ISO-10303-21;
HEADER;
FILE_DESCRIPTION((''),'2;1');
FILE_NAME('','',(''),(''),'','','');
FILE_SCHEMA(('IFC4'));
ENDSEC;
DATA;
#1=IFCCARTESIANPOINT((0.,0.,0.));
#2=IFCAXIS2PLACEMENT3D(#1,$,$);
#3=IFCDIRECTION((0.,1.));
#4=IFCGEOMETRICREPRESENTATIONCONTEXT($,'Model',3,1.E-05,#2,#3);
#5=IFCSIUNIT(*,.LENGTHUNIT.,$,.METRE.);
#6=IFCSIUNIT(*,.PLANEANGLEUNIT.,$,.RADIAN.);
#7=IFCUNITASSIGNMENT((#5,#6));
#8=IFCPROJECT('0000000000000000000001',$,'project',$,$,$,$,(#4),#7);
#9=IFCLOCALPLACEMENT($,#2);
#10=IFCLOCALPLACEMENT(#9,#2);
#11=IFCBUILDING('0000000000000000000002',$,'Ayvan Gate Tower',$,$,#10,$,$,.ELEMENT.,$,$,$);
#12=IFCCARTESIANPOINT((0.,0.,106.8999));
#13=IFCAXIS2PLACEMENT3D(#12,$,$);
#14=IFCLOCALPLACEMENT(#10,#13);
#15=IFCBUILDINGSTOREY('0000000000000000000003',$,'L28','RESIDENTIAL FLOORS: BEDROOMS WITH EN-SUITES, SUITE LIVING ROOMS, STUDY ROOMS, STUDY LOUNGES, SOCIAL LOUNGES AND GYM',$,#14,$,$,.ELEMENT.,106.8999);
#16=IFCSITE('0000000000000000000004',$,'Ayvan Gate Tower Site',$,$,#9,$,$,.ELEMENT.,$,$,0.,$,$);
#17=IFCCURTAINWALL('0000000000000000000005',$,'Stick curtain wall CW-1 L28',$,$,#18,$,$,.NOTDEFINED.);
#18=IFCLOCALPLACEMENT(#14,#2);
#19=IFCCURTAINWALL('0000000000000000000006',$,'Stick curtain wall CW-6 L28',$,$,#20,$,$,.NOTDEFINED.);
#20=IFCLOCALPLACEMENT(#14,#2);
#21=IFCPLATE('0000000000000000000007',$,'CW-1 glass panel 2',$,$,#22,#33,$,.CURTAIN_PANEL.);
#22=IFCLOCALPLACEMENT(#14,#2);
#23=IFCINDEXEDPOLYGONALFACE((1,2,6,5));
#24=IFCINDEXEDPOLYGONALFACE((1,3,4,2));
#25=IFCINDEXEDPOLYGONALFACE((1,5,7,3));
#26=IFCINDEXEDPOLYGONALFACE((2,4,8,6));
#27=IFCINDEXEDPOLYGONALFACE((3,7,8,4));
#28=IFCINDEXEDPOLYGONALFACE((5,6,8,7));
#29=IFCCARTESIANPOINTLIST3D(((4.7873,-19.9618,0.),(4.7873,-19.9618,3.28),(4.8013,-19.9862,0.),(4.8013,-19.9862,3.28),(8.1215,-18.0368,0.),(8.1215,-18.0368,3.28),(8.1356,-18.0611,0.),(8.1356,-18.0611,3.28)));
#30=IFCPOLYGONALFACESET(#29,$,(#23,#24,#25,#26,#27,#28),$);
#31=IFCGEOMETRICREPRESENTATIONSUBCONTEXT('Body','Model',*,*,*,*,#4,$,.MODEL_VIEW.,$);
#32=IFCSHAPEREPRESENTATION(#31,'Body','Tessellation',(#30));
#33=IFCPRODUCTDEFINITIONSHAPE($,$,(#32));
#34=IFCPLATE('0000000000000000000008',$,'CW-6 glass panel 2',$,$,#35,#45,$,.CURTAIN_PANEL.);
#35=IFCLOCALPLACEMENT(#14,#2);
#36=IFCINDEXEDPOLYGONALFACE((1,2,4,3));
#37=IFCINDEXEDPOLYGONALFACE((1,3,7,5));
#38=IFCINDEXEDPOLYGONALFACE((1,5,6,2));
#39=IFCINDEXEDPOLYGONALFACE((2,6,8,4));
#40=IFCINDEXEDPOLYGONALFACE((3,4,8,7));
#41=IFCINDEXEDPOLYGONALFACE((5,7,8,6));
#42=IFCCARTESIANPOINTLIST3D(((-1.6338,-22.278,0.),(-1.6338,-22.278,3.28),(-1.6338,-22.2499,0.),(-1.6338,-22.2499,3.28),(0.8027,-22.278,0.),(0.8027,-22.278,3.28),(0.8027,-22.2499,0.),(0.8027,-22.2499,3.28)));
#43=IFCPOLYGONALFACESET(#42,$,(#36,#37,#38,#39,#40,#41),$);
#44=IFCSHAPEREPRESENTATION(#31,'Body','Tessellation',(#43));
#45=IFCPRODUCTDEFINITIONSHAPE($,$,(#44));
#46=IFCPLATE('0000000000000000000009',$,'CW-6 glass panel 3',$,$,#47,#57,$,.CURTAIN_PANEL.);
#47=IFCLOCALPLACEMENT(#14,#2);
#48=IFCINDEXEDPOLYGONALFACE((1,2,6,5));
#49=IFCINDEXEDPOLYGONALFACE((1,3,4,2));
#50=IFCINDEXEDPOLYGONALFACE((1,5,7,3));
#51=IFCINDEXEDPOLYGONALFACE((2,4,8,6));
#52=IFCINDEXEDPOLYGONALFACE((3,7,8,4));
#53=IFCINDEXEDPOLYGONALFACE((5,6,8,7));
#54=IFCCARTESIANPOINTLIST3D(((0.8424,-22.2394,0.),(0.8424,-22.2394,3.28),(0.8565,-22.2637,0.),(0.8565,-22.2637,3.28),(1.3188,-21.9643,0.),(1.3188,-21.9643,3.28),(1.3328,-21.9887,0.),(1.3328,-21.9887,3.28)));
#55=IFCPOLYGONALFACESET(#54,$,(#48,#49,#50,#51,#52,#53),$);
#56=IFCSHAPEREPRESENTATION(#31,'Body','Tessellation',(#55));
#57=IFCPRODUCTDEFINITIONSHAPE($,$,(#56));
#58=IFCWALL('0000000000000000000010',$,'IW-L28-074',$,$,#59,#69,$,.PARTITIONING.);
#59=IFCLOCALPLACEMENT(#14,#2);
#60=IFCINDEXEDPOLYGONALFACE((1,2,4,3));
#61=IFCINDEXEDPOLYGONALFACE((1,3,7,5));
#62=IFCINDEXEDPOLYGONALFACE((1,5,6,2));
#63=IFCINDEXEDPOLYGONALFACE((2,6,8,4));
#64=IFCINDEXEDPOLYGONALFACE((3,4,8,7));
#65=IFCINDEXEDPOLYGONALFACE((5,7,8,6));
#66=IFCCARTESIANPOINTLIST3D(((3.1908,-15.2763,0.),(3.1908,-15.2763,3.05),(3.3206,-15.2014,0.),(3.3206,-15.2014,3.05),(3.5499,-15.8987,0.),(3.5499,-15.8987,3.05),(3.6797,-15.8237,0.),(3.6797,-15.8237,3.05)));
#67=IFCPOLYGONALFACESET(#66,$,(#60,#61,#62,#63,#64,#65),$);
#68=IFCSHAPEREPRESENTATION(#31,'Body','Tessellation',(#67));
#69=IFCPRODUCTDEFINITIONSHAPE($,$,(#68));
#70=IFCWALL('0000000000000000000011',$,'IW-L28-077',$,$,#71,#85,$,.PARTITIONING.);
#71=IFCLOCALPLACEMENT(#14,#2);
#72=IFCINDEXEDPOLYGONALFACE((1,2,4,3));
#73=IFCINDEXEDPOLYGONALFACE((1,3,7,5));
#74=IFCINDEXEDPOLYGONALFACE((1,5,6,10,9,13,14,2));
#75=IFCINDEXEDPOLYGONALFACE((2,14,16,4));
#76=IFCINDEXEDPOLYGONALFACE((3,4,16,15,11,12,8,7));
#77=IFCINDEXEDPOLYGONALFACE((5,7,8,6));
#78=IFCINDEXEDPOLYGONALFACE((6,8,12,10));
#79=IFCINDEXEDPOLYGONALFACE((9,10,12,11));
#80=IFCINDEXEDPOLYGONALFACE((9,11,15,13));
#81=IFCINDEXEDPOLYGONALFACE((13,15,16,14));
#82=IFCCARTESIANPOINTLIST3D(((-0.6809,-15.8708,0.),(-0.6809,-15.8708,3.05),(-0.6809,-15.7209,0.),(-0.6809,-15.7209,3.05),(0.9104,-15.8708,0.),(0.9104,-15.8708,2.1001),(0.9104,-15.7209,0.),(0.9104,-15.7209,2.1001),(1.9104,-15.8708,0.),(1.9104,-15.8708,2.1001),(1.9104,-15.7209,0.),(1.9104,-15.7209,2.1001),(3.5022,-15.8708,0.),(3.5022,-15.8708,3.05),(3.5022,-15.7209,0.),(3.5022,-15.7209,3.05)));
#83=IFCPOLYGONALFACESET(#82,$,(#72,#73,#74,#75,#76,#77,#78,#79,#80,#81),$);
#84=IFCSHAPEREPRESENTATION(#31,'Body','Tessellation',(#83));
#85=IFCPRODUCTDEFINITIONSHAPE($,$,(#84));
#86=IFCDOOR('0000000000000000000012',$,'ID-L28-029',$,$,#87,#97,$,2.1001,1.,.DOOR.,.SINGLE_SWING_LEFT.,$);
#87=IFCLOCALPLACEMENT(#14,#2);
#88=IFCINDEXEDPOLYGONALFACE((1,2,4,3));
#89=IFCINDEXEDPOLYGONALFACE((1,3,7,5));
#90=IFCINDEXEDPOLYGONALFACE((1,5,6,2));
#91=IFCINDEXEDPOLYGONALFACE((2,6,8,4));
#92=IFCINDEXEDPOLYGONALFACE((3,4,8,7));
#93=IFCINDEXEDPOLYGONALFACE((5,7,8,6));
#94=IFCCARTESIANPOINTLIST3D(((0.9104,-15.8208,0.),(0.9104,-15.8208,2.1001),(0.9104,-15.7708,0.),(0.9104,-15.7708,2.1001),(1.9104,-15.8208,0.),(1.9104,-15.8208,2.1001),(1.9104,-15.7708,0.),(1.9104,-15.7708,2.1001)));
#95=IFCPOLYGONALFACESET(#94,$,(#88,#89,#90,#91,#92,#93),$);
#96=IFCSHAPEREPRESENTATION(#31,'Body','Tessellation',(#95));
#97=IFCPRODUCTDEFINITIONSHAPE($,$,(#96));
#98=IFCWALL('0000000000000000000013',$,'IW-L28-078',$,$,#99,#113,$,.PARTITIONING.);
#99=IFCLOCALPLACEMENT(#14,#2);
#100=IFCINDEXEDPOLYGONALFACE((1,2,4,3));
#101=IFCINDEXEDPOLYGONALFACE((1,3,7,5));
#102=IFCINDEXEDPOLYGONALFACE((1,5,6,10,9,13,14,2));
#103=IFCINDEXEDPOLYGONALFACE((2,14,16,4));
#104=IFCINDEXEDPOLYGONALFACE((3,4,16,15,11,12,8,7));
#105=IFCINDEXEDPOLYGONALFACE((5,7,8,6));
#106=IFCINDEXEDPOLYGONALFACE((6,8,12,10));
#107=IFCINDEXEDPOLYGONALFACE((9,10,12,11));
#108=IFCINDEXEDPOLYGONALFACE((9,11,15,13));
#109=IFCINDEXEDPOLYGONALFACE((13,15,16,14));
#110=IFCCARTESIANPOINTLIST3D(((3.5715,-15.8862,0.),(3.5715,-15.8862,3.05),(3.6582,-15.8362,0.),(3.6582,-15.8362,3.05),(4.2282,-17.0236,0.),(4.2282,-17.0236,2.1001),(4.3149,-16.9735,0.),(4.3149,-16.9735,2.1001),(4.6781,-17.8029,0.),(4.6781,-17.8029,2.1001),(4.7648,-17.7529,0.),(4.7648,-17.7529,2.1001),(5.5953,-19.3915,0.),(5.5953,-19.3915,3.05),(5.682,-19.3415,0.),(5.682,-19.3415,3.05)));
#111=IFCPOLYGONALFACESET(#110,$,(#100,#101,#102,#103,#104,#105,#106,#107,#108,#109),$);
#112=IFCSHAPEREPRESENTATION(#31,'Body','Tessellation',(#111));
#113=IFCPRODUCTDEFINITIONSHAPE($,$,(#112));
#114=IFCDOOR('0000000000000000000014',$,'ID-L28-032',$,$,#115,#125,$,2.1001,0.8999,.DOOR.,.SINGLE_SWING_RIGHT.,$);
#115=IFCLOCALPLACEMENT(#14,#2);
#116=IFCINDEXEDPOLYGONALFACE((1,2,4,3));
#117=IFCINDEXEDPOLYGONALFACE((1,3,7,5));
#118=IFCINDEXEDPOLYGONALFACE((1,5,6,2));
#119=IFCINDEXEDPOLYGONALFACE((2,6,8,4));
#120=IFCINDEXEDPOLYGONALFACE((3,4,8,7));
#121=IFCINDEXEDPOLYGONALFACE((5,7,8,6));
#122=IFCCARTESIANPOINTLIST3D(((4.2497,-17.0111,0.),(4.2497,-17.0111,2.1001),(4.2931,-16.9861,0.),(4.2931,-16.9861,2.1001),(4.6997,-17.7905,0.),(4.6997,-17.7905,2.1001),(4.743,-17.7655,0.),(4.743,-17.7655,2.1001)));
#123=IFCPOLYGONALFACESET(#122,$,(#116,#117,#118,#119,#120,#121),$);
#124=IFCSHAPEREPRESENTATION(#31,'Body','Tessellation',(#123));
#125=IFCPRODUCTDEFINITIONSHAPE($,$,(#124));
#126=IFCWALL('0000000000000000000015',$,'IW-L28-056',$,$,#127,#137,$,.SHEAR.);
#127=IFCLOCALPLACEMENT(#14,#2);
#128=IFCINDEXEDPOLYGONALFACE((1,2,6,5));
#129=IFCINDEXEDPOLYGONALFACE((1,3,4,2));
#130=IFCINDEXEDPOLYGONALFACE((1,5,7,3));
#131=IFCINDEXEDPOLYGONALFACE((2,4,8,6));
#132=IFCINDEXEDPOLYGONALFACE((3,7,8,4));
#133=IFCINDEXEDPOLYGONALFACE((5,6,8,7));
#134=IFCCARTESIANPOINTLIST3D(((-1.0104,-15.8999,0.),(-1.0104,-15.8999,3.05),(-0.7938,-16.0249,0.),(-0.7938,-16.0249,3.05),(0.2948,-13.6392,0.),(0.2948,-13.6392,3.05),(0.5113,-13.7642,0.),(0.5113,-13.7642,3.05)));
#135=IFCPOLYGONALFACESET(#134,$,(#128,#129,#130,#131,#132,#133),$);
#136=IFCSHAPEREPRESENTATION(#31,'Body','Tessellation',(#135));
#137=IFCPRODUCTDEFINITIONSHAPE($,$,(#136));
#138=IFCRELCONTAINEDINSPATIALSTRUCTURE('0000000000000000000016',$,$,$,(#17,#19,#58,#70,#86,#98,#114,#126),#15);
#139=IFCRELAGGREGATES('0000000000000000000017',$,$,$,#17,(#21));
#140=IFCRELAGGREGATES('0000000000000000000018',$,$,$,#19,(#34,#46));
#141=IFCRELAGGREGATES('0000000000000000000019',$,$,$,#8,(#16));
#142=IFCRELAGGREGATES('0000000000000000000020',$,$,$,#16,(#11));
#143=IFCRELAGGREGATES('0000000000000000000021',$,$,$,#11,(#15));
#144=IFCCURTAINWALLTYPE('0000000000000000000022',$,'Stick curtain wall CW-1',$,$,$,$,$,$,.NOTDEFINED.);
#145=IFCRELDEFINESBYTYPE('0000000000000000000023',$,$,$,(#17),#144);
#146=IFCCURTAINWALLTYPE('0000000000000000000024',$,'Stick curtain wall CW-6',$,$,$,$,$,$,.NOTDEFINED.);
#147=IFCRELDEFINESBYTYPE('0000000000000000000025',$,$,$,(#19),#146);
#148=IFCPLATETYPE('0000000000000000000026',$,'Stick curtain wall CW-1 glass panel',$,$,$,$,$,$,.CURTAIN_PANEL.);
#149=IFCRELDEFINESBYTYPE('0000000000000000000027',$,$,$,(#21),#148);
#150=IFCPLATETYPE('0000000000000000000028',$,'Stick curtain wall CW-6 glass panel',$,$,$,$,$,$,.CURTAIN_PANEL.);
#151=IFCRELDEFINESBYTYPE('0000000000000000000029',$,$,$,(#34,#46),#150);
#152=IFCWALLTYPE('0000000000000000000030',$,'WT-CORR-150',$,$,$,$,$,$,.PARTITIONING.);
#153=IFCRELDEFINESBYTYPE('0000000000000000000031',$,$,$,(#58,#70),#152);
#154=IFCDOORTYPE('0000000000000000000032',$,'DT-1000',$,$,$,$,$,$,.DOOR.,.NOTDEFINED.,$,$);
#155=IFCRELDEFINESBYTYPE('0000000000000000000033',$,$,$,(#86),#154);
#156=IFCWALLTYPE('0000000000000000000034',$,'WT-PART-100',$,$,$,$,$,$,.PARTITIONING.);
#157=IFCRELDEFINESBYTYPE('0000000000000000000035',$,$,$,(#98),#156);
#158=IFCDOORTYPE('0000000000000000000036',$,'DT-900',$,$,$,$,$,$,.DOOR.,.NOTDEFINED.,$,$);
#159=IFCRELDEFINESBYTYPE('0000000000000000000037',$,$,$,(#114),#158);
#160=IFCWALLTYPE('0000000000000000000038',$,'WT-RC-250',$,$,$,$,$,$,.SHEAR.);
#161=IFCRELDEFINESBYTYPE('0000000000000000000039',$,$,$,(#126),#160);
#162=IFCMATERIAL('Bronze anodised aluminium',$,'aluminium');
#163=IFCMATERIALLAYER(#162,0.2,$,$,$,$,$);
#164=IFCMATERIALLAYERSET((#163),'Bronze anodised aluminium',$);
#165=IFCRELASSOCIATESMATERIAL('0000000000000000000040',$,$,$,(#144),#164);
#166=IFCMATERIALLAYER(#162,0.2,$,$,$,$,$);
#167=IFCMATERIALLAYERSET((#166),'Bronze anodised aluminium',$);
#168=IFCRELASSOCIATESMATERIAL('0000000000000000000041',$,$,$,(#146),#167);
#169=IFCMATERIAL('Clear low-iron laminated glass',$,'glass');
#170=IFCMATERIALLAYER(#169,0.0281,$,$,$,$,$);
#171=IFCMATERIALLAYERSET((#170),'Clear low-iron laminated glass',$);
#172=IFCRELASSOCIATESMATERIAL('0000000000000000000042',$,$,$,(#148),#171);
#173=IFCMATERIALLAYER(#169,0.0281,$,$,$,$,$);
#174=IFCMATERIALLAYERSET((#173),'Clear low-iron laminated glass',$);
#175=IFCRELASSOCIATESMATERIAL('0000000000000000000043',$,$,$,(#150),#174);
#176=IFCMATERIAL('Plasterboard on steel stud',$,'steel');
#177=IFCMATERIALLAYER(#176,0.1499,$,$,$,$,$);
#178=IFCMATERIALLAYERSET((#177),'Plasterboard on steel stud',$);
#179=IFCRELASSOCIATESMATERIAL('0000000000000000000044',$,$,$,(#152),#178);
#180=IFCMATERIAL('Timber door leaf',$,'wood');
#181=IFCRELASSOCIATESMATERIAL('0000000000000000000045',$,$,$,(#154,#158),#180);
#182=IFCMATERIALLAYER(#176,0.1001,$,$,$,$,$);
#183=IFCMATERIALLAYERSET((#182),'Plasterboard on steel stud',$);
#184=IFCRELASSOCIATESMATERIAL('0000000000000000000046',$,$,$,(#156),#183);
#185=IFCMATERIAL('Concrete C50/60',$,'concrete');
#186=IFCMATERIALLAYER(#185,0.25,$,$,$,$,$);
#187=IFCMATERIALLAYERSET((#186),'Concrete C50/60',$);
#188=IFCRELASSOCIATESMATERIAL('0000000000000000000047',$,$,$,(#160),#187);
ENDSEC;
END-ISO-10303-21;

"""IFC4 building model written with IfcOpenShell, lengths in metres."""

from ifc_helpers import new_model, si_unit, direction, frame, frame_2d, origin, origin_2d, place, context, subcontext, project, spatial, rectangle, extrude, material, layer, layer_set, type_object, element, fill, aggregate, save


model = new_model("IFC4")

# Units and contexts
model_context = context("Model", 3, precision=1e-05, world=origin(), true_north=direction((0.0, 1.0)))
body_context = subcontext(model_context, "Body", "Model", "MODEL_VIEW")
ifc_project = project(units=[si_unit("LENGTHUNIT", "METRE"), si_unit("PLANEANGLEUNIT", "RADIAN")], contexts=[model_context])

# Site, building, storey
site_placement = place(None, origin())
site = spatial("IfcSite", under=ifc_project, at=site_placement, Name="Ayvan Gate Tower Site", CompositionType="ELEMENT", RefElevation=0.0)
building_placement = place(site_placement, origin())
building = spatial("IfcBuilding", under=site, at=building_placement, Name="Ayvan Gate Tower", CompositionType="ELEMENT")
storey_placement = place(building_placement, frame((0.0, 0.0, 106.8999)))
storey = spatial("IfcBuildingStorey", under=building, at=storey_placement, Name="L28", Description="RESIDENTIAL FLOORS: BEDROOMS WITH EN-SUITES, SUITE LIVING ROOMS, STUDY ROOMS, STUDY LOUNGES, SOCIAL LOUNGES AND GYM", CompositionType="ELEMENT", Elevation=106.8999)

# Curtain walls
ifc_material_1 = material(Name="Bronze anodised aluminium", Category="aluminium")
ifc_layer_1 = layer(ifc_material_1, 0.2)
ifc_layer_set_1 = layer_set([ifc_layer_1], Name="Bronze anodised aluminium")
curtain_wall_type_1 = type_object("IfcCurtainWallType", Name="Stick curtain wall CW-1", PredefinedType="NOTDEFINED", material=ifc_layer_set_1)
curtain_wall_1_placement = place(storey_placement, origin())
curtain_wall_1 = element("IfcCurtainWall", 1, at=curtain_wall_1_placement, inside=storey, type_object=curtain_wall_type_1, Name="Stick curtain wall CW-1 L28", PredefinedType="NOTDEFINED")
ifc_layer_2 = layer(ifc_material_1, 0.2)
ifc_layer_set_2 = layer_set([ifc_layer_2], Name="Bronze anodised aluminium")
curtain_wall_type_2 = type_object("IfcCurtainWallType", Name="Stick curtain wall CW-6", PredefinedType="NOTDEFINED", material=ifc_layer_set_2)
curtain_wall_2_placement = place(storey_placement, origin())
curtain_wall_2 = element("IfcCurtainWall", 2, at=curtain_wall_2_placement, inside=storey, type_object=curtain_wall_type_2, Name="Stick curtain wall CW-6 L28", PredefinedType="NOTDEFINED")

# Plates
ifc_material_2 = material(Name="Clear low-iron laminated glass", Category="glass")
ifc_layer_3 = layer(ifc_material_2, 0.0281)
ifc_layer_set_3 = layer_set([ifc_layer_3], Name="Clear low-iron laminated glass")
plate_type_1 = type_object("IfcPlateType", Name="Stick curtain wall CW-1 glass panel", PredefinedType="CURTAIN_PANEL", material=ifc_layer_set_3)
plate_1_placement = place(storey_placement, frame((6.4614, -19.0115, 0.0), z_axis=(0.0, 0.0, 1.0), x_axis=(0.866025, 0.5, 0.0)))
plate_1 = element("IfcPlate", 3, at=plate_1_placement, type_object=plate_type_1, Name="CW-1 glass panel 2", PredefinedType="CURTAIN_PANEL", context=body_context, shape_type="SweptSolid", body=[
    extrude(rectangle(XDim=3.8501, YDim=0.0281, at=origin_2d()), origin(), (0.0, 0.0, 1.0), 3.28),
])
aggregate(curtain_wall_1, [plate_1])
ifc_layer_4 = layer(ifc_material_2, 0.0281)
ifc_layer_set_4 = layer_set([ifc_layer_4], Name="Clear low-iron laminated glass")
plate_type_2 = type_object("IfcPlateType", Name="Stick curtain wall CW-6 glass panel", PredefinedType="CURTAIN_PANEL", material=ifc_layer_set_4)
plate_2_placement = place(storey_placement, frame((-0.4155, -22.2639, 0.0), z_axis=(0.0, 0.0, 1.0), x_axis=(1.0, 0.0, 0.0)))
plate_2 = element("IfcPlate", 4, at=plate_2_placement, type_object=plate_type_2, Name="CW-6 glass panel 2", PredefinedType="CURTAIN_PANEL", context=body_context, shape_type="SweptSolid", body=[
    extrude(rectangle(XDim=2.4365, YDim=0.0281, at=origin_2d()), origin(), (0.0, 0.0, 1.0), 3.28),
])
plate_3_placement = place(storey_placement, frame((1.0876, -22.114, 0.0), z_axis=(0.0, 0.0, 1.0), x_axis=(0.866025, 0.5, 0.0)))
plate_3 = element("IfcPlate", 5, at=plate_3_placement, type_object=plate_type_2, Name="CW-6 glass panel 3", PredefinedType="CURTAIN_PANEL", context=body_context, shape_type="SweptSolid", body=[
    extrude(rectangle(XDim=0.55, YDim=0.0281, at=origin_2d()), origin(), (0.0, 0.0, 1.0), 3.28),
])
aggregate(curtain_wall_2, [plate_2, plate_3])

# Wall
ifc_material_3 = material(Name="Plasterboard on steel stud", Category="steel")
ifc_layer_5 = layer(ifc_material_3, 0.1499)
ifc_layer_set_5 = layer_set([ifc_layer_5], Name="Plasterboard on steel stud")
wall_type_1 = type_object("IfcWallType", Name="WT-CORR-150", PredefinedType="PARTITIONING", material=ifc_layer_set_5)
wall_1_placement = place(storey_placement, frame((3.2556, -15.2388, 0.0), z_axis=(0.0, 0.0, 1.0), x_axis=(0.49983, -0.866123, 0.0)))
element("IfcWall", 6, at=wall_1_placement, inside=storey, type_object=wall_type_1, Name="IW-L28-074", PredefinedType="PARTITIONING", context=body_context, shape_type="SweptSolid", body=[
    extrude(rectangle(XDim=0.7185, YDim=0.1499, at=frame_2d((0.3594, 0.0))), origin(), (0.0, 0.0, 1.0), 3.05),
])

# Walls, openings, doors
wall_2_placement = place(storey_placement, frame((3.5022, -15.7959, 0.0), z_axis=(0.0, 0.0, 1.0), x_axis=(-1.0, 0.0, 0.0)))
wall_2 = element("IfcWall", 7, at=wall_2_placement, inside=storey, type_object=wall_type_1, Name="IW-L28-077", PredefinedType="PARTITIONING", context=body_context, shape_type="SweptSolid", body=[
    extrude(rectangle(XDim=4.1831, YDim=0.1499, at=frame_2d((2.0916, 0.0))), origin(), (0.0, 0.0, 1.0), 3.05),
])
opening_1_placement = place(wall_2_placement, frame((1.5918, 0.0, 0.0)))
opening_1 = element("IfcOpeningElement", 8, at=opening_1_placement, cuts=wall_2, PredefinedType="OPENING", context=body_context, shape_type="SweptSolid", body=[
    extrude(rectangle(XDim=1.0, YDim=2.1001, at=frame_2d((0.5, 1.05))), frame((0.0, 0.085, 0.0), z_axis=(0.0, -1.0, 0.0), x_axis=(1.0, 0.0, 0.0)), (0.0, 0.0, 1.0), 0.1699),
])
ifc_material_4 = material(Name="Timber door leaf", Category="wood")
door_type_1 = type_object("IfcDoorType", Name="DT-1000", OperationType="NOTDEFINED", PredefinedType="DOOR", material=ifc_material_4)
door_1_placement = place(opening_1_placement, origin())
door_1 = element("IfcDoor", 9, at=door_1_placement, inside=storey, type_object=door_type_1, Name="ID-L28-029", OperationType="SINGLE_SWING_LEFT", OverallHeight=2.1001, OverallWidth=1.0, PredefinedType="DOOR", context=body_context, shape_type="SweptSolid", body=[
    extrude(rectangle(XDim=1.0, YDim=2.1001, at=frame_2d((0.5, 1.05))), frame((0.0, 0.0249, 0.0), z_axis=(0.0, -1.0, 0.0), x_axis=(1.0, 0.0, 0.0)), (0.0, 0.0, 1.0), 0.05),
])
fill(opening_1, door_1)
ifc_layer_6 = layer(ifc_material_3, 0.1001)
ifc_layer_set_6 = layer_set([ifc_layer_6], Name="Plasterboard on steel stud")
wall_type_2 = type_object("IfcWallType", Name="WT-PART-100", PredefinedType="PARTITIONING", material=ifc_layer_set_6)
wall_3_placement = place(storey_placement, frame((3.6147, -15.8611, 0.0), z_axis=(0.0, 0.0, 1.0), x_axis=(0.500018, -0.866015, 0.0)))
wall_3 = element("IfcWall", 10, at=wall_3_placement, inside=storey, type_object=wall_type_2, Name="IW-L28-078", PredefinedType="PARTITIONING", context=body_context, shape_type="SweptSolid", body=[
    extrude(rectangle(XDim=4.0476, YDim=0.1001, at=frame_2d((2.0239, 0.0))), origin(), (0.0, 0.0, 1.0), 3.05),
])
opening_2_placement = place(wall_3_placement, frame((1.3135, 0.0, 0.0)))
opening_2 = element("IfcOpeningElement", 11, at=opening_2_placement, cuts=wall_3, PredefinedType="OPENING", context=body_context, shape_type="SweptSolid", body=[
    extrude(rectangle(XDim=0.8999, YDim=2.1001, at=frame_2d((0.45, 1.05))), frame((0.0, 0.0601, 0.0), z_axis=(0.0, -1.0, 0.0), x_axis=(1.0, 0.0, 0.0)), (0.0, 0.0, 1.0), 0.1201),
])
door_type_2 = type_object("IfcDoorType", Name="DT-900", OperationType="NOTDEFINED", PredefinedType="DOOR", material=ifc_material_4)
door_2_placement = place(opening_2_placement, origin())
door_2 = element("IfcDoor", 12, at=door_2_placement, inside=storey, type_object=door_type_2, Name="ID-L28-032", OperationType="SINGLE_SWING_RIGHT", OverallHeight=2.1001, OverallWidth=0.8999, PredefinedType="DOOR", context=body_context, shape_type="SweptSolid", body=[
    extrude(rectangle(XDim=0.8999, YDim=2.1001, at=frame_2d((0.45, 1.05))), frame((0.0, 0.0249, 0.0), z_axis=(0.0, -1.0, 0.0), x_axis=(1.0, 0.0, 0.0)), (0.0, 0.0, 1.0), 0.05),
])
fill(opening_2, door_2)

# Wall
ifc_material_5 = material(Name="Concrete C50/60", Category="concrete")
ifc_layer_7 = layer(ifc_material_5, 0.25)
ifc_layer_set_7 = layer_set([ifc_layer_7], Name="Concrete C50/60")
wall_type_3 = type_object("IfcWallType", Name="WT-RC-250", PredefinedType="SHEAR", material=ifc_layer_set_7)
wall_4_placement = place(storey_placement, frame((-0.9021, -15.9624, 0.0), z_axis=(0.0, 0.0, 1.0), x_axis=(0.499982, 0.866036, 0.0)))
element("IfcWall", 13, at=wall_4_placement, inside=storey, type_object=wall_type_3, Name="IW-L28-056", PredefinedType="SHEAR", context=body_context, shape_type="SweptSolid", body=[
    extrude(rectangle(XDim=2.6104, YDim=0.25, at=frame_2d((1.3052, 0.0))), origin(), (0.0, 0.0, 1.0), 3.05),
])

save(model, "model.ifc")
